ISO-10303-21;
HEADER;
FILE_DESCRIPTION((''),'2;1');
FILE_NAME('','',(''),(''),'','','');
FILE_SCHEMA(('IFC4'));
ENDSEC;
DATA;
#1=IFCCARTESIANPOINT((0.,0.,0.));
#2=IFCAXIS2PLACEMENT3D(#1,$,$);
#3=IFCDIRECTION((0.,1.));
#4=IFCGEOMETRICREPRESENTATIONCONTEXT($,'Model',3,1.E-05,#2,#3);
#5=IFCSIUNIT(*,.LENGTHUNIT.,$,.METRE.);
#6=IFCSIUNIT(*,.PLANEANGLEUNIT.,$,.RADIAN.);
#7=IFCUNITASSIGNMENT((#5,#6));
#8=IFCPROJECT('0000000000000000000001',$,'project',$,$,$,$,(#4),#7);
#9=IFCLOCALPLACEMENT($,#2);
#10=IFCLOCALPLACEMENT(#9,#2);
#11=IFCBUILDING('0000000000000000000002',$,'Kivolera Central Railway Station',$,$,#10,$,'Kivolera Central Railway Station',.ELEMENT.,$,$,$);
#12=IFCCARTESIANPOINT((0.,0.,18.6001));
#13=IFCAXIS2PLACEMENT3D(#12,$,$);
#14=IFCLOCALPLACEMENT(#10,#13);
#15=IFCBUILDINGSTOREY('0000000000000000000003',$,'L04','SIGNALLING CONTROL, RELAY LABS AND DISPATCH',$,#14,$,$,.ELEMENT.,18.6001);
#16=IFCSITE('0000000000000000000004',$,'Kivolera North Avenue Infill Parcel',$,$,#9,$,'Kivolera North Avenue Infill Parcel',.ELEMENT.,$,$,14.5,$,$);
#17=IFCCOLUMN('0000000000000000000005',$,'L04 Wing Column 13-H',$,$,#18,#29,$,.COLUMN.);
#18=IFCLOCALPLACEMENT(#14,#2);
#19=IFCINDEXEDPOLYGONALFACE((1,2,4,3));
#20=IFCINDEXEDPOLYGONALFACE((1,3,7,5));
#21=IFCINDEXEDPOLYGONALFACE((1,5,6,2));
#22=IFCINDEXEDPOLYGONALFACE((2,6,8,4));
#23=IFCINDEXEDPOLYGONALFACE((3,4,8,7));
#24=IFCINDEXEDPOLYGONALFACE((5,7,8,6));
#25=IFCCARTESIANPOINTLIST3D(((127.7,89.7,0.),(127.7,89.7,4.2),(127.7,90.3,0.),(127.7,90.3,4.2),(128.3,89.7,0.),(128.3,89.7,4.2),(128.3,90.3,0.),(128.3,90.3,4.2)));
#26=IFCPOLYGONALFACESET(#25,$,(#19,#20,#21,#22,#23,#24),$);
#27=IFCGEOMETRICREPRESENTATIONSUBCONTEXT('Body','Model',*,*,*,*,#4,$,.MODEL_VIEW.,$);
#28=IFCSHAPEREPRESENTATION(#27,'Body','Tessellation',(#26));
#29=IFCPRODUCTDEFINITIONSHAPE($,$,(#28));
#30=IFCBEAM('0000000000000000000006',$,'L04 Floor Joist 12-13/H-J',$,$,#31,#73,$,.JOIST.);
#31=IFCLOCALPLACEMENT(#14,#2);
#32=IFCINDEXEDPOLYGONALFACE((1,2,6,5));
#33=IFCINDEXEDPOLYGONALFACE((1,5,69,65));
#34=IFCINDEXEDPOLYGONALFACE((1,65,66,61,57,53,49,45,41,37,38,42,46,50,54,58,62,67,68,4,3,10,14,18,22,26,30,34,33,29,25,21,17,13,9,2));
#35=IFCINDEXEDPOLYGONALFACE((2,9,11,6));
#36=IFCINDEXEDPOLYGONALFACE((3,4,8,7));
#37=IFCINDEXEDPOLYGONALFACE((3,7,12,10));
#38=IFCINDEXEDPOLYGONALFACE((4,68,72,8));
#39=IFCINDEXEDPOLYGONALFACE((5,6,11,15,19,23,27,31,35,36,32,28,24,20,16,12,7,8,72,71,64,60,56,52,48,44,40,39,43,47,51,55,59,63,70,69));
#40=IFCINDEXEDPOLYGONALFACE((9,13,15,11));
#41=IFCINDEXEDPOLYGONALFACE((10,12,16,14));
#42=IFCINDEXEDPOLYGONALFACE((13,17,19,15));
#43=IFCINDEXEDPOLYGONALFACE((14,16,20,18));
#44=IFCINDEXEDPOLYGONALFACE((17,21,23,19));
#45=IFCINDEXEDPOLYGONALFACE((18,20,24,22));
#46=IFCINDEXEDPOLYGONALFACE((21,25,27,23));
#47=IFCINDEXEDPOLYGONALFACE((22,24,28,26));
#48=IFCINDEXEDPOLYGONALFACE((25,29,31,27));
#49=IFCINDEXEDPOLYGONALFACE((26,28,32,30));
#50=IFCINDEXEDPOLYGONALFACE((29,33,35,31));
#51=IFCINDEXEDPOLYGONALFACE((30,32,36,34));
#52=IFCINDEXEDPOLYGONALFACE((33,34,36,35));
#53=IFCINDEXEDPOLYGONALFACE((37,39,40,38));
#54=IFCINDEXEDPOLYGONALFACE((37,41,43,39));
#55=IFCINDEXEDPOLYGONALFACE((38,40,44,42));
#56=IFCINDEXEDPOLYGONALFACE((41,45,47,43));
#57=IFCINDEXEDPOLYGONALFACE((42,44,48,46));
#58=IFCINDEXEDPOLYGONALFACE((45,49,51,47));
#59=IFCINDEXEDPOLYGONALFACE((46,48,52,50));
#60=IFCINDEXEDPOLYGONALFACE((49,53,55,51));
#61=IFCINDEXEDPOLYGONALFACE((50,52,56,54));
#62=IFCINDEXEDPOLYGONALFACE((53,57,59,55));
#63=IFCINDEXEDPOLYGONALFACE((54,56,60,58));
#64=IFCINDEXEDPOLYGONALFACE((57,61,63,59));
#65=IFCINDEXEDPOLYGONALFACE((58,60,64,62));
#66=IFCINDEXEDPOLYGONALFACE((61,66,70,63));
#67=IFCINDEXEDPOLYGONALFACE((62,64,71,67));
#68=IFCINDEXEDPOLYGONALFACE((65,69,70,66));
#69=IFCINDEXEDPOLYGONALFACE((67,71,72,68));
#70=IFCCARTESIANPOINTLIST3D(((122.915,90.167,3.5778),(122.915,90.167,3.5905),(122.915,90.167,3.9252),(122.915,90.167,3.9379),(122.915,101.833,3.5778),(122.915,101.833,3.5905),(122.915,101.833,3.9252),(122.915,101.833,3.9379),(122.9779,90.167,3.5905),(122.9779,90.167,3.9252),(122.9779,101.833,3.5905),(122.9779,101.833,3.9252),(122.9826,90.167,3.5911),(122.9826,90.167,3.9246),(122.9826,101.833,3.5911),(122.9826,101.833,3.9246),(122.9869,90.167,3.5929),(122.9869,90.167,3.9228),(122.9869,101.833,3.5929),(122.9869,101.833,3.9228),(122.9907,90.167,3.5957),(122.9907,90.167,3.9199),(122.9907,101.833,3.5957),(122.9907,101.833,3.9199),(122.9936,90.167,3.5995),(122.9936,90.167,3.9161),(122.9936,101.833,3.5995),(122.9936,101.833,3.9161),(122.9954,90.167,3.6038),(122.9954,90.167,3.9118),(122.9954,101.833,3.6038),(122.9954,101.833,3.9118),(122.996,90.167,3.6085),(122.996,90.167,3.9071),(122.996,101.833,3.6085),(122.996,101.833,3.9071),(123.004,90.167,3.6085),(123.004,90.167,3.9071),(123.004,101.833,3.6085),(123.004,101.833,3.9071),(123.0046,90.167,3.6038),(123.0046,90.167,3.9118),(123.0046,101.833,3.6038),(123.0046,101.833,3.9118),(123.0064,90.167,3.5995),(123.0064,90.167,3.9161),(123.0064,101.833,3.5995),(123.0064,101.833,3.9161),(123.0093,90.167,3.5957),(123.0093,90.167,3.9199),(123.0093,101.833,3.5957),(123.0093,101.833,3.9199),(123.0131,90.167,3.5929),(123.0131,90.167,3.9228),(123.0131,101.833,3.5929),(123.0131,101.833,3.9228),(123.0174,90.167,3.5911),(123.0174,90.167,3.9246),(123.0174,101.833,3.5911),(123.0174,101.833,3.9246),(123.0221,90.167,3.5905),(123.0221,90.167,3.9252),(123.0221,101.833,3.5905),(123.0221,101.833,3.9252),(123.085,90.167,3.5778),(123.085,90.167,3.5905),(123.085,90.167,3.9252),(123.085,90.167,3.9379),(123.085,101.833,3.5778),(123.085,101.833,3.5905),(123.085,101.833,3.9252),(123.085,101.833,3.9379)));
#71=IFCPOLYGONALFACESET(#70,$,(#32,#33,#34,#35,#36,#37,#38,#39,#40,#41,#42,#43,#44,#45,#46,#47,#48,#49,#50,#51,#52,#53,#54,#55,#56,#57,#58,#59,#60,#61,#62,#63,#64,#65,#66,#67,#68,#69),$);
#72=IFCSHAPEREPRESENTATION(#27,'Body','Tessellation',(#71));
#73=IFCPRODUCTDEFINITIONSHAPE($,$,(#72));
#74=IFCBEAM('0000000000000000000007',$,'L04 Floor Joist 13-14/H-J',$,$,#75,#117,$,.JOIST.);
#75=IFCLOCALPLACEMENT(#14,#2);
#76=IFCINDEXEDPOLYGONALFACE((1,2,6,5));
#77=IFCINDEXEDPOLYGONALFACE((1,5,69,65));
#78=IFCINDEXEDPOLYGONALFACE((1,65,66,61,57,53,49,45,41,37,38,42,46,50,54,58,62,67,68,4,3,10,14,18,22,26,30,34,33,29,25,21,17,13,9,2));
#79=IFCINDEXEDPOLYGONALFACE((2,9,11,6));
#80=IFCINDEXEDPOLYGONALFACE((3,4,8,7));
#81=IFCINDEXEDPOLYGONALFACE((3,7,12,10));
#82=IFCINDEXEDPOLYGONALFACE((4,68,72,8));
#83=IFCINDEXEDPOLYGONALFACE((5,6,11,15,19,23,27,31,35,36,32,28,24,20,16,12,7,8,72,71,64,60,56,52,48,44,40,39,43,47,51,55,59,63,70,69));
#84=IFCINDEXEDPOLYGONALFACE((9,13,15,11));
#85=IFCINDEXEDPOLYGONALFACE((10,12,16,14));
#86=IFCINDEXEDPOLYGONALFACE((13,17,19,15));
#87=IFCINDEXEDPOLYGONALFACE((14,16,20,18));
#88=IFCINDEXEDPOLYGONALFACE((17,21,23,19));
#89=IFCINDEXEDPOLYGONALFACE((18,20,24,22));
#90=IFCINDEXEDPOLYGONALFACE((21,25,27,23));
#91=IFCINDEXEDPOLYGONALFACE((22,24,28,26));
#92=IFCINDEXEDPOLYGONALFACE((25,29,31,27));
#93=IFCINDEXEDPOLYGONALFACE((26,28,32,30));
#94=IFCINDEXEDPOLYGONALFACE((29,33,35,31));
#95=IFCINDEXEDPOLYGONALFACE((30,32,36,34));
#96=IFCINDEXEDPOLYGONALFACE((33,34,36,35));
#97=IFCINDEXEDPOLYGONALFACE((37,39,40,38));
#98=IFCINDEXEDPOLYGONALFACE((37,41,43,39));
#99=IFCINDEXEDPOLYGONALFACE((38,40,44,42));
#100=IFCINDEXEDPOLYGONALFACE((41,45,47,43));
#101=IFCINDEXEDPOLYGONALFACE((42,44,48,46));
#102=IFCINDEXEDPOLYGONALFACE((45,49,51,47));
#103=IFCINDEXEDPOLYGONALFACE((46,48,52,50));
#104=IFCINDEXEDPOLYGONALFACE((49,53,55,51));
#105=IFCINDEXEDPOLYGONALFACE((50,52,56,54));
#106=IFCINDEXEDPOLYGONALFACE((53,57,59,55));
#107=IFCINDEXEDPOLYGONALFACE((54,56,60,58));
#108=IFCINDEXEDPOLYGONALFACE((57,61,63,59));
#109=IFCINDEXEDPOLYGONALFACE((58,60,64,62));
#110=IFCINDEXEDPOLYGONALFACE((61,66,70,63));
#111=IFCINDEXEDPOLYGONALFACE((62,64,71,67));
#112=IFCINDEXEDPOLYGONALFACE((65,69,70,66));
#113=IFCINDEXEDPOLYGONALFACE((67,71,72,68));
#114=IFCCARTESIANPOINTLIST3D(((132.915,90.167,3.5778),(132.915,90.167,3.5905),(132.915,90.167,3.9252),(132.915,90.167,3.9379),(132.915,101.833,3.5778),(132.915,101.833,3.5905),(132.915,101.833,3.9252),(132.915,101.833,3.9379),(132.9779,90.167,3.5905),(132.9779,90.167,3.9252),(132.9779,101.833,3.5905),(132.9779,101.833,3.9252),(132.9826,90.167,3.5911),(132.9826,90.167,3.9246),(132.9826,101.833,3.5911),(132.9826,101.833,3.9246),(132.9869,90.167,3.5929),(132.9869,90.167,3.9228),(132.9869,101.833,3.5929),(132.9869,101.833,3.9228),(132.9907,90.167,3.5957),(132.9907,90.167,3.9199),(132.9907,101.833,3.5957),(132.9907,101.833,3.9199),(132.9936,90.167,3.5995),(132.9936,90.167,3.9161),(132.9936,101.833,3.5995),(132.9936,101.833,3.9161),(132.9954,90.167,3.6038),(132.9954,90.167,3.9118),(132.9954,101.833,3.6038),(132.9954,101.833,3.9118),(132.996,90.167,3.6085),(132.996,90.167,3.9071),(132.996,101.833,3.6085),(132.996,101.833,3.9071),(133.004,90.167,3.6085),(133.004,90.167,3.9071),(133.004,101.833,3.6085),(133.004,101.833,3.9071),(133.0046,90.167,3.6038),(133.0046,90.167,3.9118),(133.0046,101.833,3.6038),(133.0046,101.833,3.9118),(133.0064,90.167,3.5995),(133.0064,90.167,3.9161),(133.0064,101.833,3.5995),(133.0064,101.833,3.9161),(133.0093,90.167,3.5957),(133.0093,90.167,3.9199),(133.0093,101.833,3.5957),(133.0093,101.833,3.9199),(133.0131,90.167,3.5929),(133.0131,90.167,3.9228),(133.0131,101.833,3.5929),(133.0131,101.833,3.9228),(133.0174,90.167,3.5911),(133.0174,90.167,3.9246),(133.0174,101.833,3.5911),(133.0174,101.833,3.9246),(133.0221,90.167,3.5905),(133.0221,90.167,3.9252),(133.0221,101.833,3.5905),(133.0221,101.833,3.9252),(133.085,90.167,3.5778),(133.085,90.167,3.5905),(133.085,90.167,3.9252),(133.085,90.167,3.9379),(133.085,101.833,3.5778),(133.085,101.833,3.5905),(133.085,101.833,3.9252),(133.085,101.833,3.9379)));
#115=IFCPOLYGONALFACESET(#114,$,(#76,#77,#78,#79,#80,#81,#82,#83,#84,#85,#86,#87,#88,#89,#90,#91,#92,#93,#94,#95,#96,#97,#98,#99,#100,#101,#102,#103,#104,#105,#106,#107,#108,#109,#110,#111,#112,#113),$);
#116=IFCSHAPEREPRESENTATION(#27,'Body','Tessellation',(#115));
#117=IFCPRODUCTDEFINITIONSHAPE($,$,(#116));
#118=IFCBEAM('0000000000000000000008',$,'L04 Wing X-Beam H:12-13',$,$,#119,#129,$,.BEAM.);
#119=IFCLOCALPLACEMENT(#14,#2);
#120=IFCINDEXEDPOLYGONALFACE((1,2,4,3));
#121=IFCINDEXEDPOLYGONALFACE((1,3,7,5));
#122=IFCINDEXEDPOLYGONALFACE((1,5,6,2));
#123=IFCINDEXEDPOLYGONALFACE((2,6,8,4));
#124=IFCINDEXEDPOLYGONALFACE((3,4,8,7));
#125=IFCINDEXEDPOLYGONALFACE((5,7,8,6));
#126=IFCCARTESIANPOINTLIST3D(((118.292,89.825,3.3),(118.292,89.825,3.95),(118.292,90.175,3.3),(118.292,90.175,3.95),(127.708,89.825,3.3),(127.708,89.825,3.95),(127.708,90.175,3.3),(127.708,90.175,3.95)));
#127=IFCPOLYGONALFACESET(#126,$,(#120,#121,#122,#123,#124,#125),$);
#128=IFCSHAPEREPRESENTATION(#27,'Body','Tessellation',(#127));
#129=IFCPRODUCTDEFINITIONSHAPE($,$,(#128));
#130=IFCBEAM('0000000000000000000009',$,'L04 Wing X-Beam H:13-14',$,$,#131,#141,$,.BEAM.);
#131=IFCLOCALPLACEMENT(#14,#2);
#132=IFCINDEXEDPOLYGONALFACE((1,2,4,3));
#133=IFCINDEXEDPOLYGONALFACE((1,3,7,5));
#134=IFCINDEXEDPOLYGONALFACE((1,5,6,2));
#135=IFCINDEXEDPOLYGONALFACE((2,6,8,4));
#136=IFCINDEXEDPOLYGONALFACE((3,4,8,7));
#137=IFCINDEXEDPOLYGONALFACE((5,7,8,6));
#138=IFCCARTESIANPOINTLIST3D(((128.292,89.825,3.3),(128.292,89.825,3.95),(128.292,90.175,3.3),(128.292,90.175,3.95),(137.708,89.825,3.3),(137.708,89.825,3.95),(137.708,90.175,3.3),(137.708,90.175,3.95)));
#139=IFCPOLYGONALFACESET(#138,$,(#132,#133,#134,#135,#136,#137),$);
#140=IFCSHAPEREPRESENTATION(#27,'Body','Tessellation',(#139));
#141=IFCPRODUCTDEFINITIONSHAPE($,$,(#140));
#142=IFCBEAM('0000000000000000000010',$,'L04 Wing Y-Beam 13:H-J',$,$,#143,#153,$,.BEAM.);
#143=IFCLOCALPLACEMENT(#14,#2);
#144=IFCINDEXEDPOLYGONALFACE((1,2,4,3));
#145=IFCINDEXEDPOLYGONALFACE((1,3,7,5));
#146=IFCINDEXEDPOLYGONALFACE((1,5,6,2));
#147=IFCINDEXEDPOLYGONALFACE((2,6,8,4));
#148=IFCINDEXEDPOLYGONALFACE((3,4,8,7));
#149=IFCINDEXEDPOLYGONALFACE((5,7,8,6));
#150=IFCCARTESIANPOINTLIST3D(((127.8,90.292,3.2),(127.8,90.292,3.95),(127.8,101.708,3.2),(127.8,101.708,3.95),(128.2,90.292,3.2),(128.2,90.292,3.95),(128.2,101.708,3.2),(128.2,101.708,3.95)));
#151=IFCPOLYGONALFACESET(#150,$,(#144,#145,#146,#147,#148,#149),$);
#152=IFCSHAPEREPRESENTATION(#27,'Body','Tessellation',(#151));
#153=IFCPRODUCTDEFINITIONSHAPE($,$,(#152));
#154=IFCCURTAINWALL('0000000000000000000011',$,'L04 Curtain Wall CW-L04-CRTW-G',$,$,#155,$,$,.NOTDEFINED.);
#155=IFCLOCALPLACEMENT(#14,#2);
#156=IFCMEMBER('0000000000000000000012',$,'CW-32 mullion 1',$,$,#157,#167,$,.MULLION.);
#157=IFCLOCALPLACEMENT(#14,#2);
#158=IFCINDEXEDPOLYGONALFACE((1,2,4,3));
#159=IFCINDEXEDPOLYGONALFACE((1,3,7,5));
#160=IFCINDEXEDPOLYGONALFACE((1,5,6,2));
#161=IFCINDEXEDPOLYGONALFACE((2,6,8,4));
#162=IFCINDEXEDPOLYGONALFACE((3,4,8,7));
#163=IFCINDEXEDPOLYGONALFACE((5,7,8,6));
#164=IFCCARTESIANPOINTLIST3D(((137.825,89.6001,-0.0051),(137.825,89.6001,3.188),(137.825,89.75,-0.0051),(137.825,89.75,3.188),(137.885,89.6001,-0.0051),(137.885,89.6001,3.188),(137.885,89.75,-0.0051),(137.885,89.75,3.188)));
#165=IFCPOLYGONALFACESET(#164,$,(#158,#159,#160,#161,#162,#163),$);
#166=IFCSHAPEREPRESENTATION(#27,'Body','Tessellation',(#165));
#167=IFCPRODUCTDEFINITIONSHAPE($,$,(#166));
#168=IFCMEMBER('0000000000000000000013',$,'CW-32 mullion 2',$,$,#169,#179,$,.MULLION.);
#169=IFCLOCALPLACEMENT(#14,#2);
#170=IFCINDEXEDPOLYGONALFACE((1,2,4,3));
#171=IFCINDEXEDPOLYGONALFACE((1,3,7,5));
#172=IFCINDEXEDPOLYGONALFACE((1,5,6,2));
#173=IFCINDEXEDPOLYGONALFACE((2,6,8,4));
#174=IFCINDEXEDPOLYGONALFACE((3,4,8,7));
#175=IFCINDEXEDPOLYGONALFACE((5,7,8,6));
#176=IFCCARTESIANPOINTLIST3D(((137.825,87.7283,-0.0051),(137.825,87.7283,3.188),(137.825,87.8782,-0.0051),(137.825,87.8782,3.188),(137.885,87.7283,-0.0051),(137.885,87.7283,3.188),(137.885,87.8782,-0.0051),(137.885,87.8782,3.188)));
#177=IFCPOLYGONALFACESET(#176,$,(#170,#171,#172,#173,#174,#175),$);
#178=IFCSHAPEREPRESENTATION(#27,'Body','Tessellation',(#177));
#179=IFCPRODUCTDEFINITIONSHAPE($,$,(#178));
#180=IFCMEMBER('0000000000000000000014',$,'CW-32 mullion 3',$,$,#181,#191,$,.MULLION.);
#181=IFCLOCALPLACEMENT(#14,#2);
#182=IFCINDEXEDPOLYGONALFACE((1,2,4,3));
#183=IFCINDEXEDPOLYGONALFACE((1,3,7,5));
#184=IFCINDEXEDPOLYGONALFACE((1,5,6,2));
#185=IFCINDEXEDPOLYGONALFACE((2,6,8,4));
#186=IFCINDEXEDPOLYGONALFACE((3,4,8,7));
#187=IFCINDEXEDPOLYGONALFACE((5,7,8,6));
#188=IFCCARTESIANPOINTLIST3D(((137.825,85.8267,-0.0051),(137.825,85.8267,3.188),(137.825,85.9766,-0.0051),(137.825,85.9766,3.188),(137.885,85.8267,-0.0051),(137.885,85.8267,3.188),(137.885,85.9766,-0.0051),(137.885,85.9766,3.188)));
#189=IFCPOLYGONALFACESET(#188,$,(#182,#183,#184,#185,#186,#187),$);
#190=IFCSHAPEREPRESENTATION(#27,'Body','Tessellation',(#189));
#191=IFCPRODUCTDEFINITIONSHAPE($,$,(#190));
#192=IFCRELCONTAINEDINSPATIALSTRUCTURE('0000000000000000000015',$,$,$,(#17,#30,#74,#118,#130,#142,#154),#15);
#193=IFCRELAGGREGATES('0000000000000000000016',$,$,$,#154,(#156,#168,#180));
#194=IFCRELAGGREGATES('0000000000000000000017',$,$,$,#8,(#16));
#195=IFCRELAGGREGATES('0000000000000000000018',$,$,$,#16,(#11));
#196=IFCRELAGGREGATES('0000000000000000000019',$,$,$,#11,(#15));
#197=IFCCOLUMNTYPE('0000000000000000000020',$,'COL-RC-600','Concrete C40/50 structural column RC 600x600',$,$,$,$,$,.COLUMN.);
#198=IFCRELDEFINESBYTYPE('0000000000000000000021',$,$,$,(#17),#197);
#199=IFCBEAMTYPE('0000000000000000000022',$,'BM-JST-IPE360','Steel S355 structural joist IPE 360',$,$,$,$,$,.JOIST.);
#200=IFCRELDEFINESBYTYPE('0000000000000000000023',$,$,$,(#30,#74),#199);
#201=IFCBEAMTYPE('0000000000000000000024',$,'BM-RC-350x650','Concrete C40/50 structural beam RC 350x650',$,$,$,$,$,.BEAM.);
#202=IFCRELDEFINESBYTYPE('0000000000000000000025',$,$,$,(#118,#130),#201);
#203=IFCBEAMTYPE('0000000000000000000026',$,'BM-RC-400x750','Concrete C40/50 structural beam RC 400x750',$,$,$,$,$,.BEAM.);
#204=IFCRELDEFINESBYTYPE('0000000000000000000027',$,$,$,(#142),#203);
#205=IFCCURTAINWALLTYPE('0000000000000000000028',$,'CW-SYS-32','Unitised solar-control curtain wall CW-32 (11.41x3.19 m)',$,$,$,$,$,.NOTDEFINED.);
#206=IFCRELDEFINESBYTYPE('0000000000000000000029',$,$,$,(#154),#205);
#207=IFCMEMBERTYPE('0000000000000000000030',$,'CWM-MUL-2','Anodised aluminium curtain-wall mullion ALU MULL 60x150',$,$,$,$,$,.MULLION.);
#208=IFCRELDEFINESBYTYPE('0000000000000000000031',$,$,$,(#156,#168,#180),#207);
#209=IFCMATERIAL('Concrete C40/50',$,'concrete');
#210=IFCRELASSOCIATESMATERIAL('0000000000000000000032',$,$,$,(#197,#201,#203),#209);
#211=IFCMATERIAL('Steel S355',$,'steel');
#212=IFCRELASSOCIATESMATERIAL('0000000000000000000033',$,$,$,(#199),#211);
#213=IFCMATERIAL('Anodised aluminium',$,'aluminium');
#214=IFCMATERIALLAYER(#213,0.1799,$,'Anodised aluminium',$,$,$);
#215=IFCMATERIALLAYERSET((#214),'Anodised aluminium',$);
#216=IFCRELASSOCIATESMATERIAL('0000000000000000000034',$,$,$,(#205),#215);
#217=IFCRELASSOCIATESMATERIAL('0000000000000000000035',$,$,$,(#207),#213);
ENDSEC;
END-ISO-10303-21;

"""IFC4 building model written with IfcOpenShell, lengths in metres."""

from ifc_helpers import new_model, si_unit, direction, frame, origin, origin_2d, place, context, subcontext, project, spatial, rectangle, i_section, extrude, material, layer, layer_set, material_profile, profile_set, type_object, element, aggregate, save


model = new_model("IFC4")

# Units and contexts
model_context = context("Model", 3, precision=1e-05, world=origin(), true_north=direction((0.0, 1.0)))
body_context = subcontext(model_context, "Body", "Model", "MODEL_VIEW")
ifc_project = project(units=[si_unit("LENGTHUNIT", "METRE"), si_unit("PLANEANGLEUNIT", "RADIAN")], contexts=[model_context])

# Site, building, storey
site_placement = place(None, origin())
site = spatial("IfcSite", under=ifc_project, at=site_placement, Name="Kivolera North Avenue Infill Parcel", LongName="Kivolera North Avenue Infill Parcel", CompositionType="ELEMENT", RefElevation=14.5)
building_placement = place(site_placement, origin())
building = spatial("IfcBuilding", under=site, at=building_placement, Name="Kivolera Central Railway Station", LongName="Kivolera Central Railway Station", CompositionType="ELEMENT")
storey_placement = place(building_placement, frame((0.0, 0.0, 18.6001)))
storey = spatial("IfcBuildingStorey", under=building, at=storey_placement, Name="L04", Description="SIGNALLING CONTROL, RELAY LABS AND DISPATCH", CompositionType="ELEMENT", Elevation=18.6001)

# Column
ifc_material_1 = material(Name="Concrete C40/50", Category="concrete")
ifc_material_profile_1 = material_profile(ifc_material_1, rectangle(XDim=0.6001, YDim=0.6001, at=origin_2d()), Name="RC 600x600")
ifc_profile_set_1 = profile_set([ifc_material_profile_1], Name="Concrete C40/50")
column_type = type_object("IfcColumnType", Name="COL-RC-600", Description="Concrete C40/50 structural column RC 600x600", PredefinedType="COLUMN", material=ifc_profile_set_1)
column_placement = place(storey_placement, frame((128.0, 90.0, 0.0), z_axis=(0.0, 0.0, 1.0), x_axis=(1.0, 0.0, 0.0)))
element("IfcColumn", 1, at=column_placement, inside=storey, type_object=column_type, Name="L04 Wing Column 13-H", PredefinedType="COLUMN", context=body_context, shape_type="SweptSolid", body=[
    extrude(rectangle(XDim=0.6001, YDim=0.6001, at=origin_2d()), origin(), (0.0, 0.0, 1.0), 4.2),
])

# Beams
ifc_material_2 = material(Name="Steel S355", Category="steel")
ifc_material_profile_2 = material_profile(ifc_material_2, i_section(OverallWidth=0.1699, OverallDepth=0.3601, WebThickness=0.0081, FlangeThickness=0.0127, FilletRadius=0.0181, at=origin_2d()), Name="IPE 360")
ifc_profile_set_2 = profile_set([ifc_material_profile_2], Name="Steel S355")
beam_type_1 = type_object("IfcBeamType", Name="BM-JST-IPE360", Description="Steel S355 structural joist IPE 360", PredefinedType="JOIST", material=ifc_profile_set_2)
for number, where, z_axis, x_axis, name in (
    (2, (123.0, 90.167, 3.7578), (0.0, 1.0, 0.0), (-1.0, 0.0, 0.0), "L04 Floor Joist 12-13/H-J"),
    (3, (133.0, 90.167, 3.7578), (0.0, 1.0, 0.0), (-1.0, 0.0, 0.0), "L04 Floor Joist 13-14/H-J"),
):
    element("IfcBeam", number, at=place(storey_placement, frame(where, z_axis=z_axis, x_axis=x_axis)), inside=storey, type_object=beam_type_1, Name=name, PredefinedType="JOIST", context=body_context, shape_type="SweptSolid", body=[
        extrude(i_section(OverallWidth=0.1699, OverallDepth=0.3601, WebThickness=0.0081, FlangeThickness=0.0127, FilletRadius=0.0181, at=origin_2d()), origin(), (0.0, 0.0, 1.0), 11.666),
    ])
ifc_material_profile_3 = material_profile(ifc_material_1, rectangle(XDim=0.3501, YDim=0.6499, at=origin_2d()), Name="RC 350x650")
ifc_profile_set_3 = profile_set([ifc_material_profile_3], Name="Concrete C40/50")
beam_type_2 = type_object("IfcBeamType", Name="BM-RC-350x650", Description="Concrete C40/50 structural beam RC 350x650", PredefinedType="BEAM", material=ifc_profile_set_3)
for number, where, z_axis, x_axis, name in (
    (4, (118.292, 90.0, 3.625), (1.0, 0.0, 0.0), (0.0, 1.0, 0.0), "L04 Wing X-Beam H:12-13"),
    (5, (128.292, 90.0, 3.625), (1.0, 0.0, 0.0), (0.0, 1.0, 0.0), "L04 Wing X-Beam H:13-14"),
):
    element("IfcBeam", number, at=place(storey_placement, frame(where, z_axis=z_axis, x_axis=x_axis)), inside=storey, type_object=beam_type_2, Name=name, PredefinedType="BEAM", context=body_context, shape_type="SweptSolid", body=[
        extrude(rectangle(XDim=0.3501, YDim=0.6499, at=origin_2d()), origin(), (0.0, 0.0, 1.0), 9.416),
    ])
ifc_material_profile_4 = material_profile(ifc_material_1, rectangle(XDim=0.3999, YDim=0.75, at=origin_2d()), Name="RC 400x750")
ifc_profile_set_4 = profile_set([ifc_material_profile_4], Name="Concrete C40/50")
beam_type_3 = type_object("IfcBeamType", Name="BM-RC-400x750", Description="Concrete C40/50 structural beam RC 400x750", PredefinedType="BEAM", material=ifc_profile_set_4)
beam_placement = place(storey_placement, frame((128.0, 90.292, 3.575), z_axis=(0.0, 1.0, 0.0), x_axis=(-1.0, 0.0, 0.0)))
element("IfcBeam", 6, at=beam_placement, inside=storey, type_object=beam_type_3, Name="L04 Wing Y-Beam 13:H-J", PredefinedType="BEAM", context=body_context, shape_type="SweptSolid", body=[
    extrude(rectangle(XDim=0.3999, YDim=0.75, at=origin_2d()), origin(), (0.0, 0.0, 1.0), 11.416),
])

# Curtain wall, members
ifc_material_3 = material(Name="Anodised aluminium", Category="aluminium")
ifc_layer_1 = layer(ifc_material_3, 0.1799, Name="Anodised aluminium")
ifc_layer_set_1 = layer_set([ifc_layer_1], Name="Anodised aluminium")
curtain_wall_type = type_object("IfcCurtainWallType", Name="CW-SYS-32", Description="Unitised solar-control curtain wall CW-32 (11.41x3.19 m)", PredefinedType="NOTDEFINED", material=ifc_layer_set_1)
curtain_wall_1_placement = place(storey_placement, origin())
curtain_wall_1 = element("IfcCurtainWall", 7, at=curtain_wall_1_placement, inside=storey, type_object=curtain_wall_type, Name="L04 Curtain Wall CW-L04-CRTW-G", PredefinedType="NOTDEFINED")
ifc_material_profile_5 = material_profile(ifc_material_3, rectangle(XDim=0.0601, YDim=0.1499, at=origin_2d()), Name="ALU MULL 60x150")
ifc_profile_set_5 = profile_set([ifc_material_profile_5], Name="Anodised aluminium")
member_type_1 = type_object("IfcMemberType", Name="CWM-MUL-2", Description="Anodised aluminium curtain-wall mullion ALU MULL 60x150", PredefinedType="MULLION", material=ifc_profile_set_5)
member_1_placement = place(storey_placement, frame((137.855, 89.675, -0.0051), z_axis=(0.0, 0.0, 1.0), x_axis=(1.0, 0.0, 0.0)))
member_1 = element("IfcMember", 8, at=member_1_placement, type_object=member_type_1, Name="CW-32 mullion 1", PredefinedType="MULLION", context=body_context, shape_type="SweptSolid", body=[
    extrude(rectangle(XDim=0.0601, YDim=0.1499, at=origin_2d()), origin(), (0.0, 0.0, 1.0), 3.1931),
])
member_2_placement = place(storey_placement, frame((137.855, 87.8032, -0.0051), z_axis=(0.0, 0.0, 1.0), x_axis=(1.0, 0.0, 0.0)))
member_2 = element("IfcMember", 9, at=member_2_placement, type_object=member_type_1, Name="CW-32 mullion 2", PredefinedType="MULLION", context=body_context, shape_type="SweptSolid", body=[
    extrude(rectangle(XDim=0.0601, YDim=0.1499, at=origin_2d()), origin(), (0.0, 0.0, 1.0), 3.1931),
])
member_3_placement = place(storey_placement, frame((137.855, 85.9016, -0.0051), z_axis=(0.0, 0.0, 1.0), x_axis=(1.0, 0.0, 0.0)))
member_3 = element("IfcMember", 10, at=member_3_placement, type_object=member_type_1, Name="CW-32 mullion 3", PredefinedType="MULLION", context=body_context, shape_type="SweptSolid", body=[
    extrude(rectangle(XDim=0.0601, YDim=0.1499, at=origin_2d()), origin(), (0.0, 0.0, 1.0), 3.1931),
])

aggregate(curtain_wall_1, [member_1, member_2, member_3])

save(model, "model.ifc")
